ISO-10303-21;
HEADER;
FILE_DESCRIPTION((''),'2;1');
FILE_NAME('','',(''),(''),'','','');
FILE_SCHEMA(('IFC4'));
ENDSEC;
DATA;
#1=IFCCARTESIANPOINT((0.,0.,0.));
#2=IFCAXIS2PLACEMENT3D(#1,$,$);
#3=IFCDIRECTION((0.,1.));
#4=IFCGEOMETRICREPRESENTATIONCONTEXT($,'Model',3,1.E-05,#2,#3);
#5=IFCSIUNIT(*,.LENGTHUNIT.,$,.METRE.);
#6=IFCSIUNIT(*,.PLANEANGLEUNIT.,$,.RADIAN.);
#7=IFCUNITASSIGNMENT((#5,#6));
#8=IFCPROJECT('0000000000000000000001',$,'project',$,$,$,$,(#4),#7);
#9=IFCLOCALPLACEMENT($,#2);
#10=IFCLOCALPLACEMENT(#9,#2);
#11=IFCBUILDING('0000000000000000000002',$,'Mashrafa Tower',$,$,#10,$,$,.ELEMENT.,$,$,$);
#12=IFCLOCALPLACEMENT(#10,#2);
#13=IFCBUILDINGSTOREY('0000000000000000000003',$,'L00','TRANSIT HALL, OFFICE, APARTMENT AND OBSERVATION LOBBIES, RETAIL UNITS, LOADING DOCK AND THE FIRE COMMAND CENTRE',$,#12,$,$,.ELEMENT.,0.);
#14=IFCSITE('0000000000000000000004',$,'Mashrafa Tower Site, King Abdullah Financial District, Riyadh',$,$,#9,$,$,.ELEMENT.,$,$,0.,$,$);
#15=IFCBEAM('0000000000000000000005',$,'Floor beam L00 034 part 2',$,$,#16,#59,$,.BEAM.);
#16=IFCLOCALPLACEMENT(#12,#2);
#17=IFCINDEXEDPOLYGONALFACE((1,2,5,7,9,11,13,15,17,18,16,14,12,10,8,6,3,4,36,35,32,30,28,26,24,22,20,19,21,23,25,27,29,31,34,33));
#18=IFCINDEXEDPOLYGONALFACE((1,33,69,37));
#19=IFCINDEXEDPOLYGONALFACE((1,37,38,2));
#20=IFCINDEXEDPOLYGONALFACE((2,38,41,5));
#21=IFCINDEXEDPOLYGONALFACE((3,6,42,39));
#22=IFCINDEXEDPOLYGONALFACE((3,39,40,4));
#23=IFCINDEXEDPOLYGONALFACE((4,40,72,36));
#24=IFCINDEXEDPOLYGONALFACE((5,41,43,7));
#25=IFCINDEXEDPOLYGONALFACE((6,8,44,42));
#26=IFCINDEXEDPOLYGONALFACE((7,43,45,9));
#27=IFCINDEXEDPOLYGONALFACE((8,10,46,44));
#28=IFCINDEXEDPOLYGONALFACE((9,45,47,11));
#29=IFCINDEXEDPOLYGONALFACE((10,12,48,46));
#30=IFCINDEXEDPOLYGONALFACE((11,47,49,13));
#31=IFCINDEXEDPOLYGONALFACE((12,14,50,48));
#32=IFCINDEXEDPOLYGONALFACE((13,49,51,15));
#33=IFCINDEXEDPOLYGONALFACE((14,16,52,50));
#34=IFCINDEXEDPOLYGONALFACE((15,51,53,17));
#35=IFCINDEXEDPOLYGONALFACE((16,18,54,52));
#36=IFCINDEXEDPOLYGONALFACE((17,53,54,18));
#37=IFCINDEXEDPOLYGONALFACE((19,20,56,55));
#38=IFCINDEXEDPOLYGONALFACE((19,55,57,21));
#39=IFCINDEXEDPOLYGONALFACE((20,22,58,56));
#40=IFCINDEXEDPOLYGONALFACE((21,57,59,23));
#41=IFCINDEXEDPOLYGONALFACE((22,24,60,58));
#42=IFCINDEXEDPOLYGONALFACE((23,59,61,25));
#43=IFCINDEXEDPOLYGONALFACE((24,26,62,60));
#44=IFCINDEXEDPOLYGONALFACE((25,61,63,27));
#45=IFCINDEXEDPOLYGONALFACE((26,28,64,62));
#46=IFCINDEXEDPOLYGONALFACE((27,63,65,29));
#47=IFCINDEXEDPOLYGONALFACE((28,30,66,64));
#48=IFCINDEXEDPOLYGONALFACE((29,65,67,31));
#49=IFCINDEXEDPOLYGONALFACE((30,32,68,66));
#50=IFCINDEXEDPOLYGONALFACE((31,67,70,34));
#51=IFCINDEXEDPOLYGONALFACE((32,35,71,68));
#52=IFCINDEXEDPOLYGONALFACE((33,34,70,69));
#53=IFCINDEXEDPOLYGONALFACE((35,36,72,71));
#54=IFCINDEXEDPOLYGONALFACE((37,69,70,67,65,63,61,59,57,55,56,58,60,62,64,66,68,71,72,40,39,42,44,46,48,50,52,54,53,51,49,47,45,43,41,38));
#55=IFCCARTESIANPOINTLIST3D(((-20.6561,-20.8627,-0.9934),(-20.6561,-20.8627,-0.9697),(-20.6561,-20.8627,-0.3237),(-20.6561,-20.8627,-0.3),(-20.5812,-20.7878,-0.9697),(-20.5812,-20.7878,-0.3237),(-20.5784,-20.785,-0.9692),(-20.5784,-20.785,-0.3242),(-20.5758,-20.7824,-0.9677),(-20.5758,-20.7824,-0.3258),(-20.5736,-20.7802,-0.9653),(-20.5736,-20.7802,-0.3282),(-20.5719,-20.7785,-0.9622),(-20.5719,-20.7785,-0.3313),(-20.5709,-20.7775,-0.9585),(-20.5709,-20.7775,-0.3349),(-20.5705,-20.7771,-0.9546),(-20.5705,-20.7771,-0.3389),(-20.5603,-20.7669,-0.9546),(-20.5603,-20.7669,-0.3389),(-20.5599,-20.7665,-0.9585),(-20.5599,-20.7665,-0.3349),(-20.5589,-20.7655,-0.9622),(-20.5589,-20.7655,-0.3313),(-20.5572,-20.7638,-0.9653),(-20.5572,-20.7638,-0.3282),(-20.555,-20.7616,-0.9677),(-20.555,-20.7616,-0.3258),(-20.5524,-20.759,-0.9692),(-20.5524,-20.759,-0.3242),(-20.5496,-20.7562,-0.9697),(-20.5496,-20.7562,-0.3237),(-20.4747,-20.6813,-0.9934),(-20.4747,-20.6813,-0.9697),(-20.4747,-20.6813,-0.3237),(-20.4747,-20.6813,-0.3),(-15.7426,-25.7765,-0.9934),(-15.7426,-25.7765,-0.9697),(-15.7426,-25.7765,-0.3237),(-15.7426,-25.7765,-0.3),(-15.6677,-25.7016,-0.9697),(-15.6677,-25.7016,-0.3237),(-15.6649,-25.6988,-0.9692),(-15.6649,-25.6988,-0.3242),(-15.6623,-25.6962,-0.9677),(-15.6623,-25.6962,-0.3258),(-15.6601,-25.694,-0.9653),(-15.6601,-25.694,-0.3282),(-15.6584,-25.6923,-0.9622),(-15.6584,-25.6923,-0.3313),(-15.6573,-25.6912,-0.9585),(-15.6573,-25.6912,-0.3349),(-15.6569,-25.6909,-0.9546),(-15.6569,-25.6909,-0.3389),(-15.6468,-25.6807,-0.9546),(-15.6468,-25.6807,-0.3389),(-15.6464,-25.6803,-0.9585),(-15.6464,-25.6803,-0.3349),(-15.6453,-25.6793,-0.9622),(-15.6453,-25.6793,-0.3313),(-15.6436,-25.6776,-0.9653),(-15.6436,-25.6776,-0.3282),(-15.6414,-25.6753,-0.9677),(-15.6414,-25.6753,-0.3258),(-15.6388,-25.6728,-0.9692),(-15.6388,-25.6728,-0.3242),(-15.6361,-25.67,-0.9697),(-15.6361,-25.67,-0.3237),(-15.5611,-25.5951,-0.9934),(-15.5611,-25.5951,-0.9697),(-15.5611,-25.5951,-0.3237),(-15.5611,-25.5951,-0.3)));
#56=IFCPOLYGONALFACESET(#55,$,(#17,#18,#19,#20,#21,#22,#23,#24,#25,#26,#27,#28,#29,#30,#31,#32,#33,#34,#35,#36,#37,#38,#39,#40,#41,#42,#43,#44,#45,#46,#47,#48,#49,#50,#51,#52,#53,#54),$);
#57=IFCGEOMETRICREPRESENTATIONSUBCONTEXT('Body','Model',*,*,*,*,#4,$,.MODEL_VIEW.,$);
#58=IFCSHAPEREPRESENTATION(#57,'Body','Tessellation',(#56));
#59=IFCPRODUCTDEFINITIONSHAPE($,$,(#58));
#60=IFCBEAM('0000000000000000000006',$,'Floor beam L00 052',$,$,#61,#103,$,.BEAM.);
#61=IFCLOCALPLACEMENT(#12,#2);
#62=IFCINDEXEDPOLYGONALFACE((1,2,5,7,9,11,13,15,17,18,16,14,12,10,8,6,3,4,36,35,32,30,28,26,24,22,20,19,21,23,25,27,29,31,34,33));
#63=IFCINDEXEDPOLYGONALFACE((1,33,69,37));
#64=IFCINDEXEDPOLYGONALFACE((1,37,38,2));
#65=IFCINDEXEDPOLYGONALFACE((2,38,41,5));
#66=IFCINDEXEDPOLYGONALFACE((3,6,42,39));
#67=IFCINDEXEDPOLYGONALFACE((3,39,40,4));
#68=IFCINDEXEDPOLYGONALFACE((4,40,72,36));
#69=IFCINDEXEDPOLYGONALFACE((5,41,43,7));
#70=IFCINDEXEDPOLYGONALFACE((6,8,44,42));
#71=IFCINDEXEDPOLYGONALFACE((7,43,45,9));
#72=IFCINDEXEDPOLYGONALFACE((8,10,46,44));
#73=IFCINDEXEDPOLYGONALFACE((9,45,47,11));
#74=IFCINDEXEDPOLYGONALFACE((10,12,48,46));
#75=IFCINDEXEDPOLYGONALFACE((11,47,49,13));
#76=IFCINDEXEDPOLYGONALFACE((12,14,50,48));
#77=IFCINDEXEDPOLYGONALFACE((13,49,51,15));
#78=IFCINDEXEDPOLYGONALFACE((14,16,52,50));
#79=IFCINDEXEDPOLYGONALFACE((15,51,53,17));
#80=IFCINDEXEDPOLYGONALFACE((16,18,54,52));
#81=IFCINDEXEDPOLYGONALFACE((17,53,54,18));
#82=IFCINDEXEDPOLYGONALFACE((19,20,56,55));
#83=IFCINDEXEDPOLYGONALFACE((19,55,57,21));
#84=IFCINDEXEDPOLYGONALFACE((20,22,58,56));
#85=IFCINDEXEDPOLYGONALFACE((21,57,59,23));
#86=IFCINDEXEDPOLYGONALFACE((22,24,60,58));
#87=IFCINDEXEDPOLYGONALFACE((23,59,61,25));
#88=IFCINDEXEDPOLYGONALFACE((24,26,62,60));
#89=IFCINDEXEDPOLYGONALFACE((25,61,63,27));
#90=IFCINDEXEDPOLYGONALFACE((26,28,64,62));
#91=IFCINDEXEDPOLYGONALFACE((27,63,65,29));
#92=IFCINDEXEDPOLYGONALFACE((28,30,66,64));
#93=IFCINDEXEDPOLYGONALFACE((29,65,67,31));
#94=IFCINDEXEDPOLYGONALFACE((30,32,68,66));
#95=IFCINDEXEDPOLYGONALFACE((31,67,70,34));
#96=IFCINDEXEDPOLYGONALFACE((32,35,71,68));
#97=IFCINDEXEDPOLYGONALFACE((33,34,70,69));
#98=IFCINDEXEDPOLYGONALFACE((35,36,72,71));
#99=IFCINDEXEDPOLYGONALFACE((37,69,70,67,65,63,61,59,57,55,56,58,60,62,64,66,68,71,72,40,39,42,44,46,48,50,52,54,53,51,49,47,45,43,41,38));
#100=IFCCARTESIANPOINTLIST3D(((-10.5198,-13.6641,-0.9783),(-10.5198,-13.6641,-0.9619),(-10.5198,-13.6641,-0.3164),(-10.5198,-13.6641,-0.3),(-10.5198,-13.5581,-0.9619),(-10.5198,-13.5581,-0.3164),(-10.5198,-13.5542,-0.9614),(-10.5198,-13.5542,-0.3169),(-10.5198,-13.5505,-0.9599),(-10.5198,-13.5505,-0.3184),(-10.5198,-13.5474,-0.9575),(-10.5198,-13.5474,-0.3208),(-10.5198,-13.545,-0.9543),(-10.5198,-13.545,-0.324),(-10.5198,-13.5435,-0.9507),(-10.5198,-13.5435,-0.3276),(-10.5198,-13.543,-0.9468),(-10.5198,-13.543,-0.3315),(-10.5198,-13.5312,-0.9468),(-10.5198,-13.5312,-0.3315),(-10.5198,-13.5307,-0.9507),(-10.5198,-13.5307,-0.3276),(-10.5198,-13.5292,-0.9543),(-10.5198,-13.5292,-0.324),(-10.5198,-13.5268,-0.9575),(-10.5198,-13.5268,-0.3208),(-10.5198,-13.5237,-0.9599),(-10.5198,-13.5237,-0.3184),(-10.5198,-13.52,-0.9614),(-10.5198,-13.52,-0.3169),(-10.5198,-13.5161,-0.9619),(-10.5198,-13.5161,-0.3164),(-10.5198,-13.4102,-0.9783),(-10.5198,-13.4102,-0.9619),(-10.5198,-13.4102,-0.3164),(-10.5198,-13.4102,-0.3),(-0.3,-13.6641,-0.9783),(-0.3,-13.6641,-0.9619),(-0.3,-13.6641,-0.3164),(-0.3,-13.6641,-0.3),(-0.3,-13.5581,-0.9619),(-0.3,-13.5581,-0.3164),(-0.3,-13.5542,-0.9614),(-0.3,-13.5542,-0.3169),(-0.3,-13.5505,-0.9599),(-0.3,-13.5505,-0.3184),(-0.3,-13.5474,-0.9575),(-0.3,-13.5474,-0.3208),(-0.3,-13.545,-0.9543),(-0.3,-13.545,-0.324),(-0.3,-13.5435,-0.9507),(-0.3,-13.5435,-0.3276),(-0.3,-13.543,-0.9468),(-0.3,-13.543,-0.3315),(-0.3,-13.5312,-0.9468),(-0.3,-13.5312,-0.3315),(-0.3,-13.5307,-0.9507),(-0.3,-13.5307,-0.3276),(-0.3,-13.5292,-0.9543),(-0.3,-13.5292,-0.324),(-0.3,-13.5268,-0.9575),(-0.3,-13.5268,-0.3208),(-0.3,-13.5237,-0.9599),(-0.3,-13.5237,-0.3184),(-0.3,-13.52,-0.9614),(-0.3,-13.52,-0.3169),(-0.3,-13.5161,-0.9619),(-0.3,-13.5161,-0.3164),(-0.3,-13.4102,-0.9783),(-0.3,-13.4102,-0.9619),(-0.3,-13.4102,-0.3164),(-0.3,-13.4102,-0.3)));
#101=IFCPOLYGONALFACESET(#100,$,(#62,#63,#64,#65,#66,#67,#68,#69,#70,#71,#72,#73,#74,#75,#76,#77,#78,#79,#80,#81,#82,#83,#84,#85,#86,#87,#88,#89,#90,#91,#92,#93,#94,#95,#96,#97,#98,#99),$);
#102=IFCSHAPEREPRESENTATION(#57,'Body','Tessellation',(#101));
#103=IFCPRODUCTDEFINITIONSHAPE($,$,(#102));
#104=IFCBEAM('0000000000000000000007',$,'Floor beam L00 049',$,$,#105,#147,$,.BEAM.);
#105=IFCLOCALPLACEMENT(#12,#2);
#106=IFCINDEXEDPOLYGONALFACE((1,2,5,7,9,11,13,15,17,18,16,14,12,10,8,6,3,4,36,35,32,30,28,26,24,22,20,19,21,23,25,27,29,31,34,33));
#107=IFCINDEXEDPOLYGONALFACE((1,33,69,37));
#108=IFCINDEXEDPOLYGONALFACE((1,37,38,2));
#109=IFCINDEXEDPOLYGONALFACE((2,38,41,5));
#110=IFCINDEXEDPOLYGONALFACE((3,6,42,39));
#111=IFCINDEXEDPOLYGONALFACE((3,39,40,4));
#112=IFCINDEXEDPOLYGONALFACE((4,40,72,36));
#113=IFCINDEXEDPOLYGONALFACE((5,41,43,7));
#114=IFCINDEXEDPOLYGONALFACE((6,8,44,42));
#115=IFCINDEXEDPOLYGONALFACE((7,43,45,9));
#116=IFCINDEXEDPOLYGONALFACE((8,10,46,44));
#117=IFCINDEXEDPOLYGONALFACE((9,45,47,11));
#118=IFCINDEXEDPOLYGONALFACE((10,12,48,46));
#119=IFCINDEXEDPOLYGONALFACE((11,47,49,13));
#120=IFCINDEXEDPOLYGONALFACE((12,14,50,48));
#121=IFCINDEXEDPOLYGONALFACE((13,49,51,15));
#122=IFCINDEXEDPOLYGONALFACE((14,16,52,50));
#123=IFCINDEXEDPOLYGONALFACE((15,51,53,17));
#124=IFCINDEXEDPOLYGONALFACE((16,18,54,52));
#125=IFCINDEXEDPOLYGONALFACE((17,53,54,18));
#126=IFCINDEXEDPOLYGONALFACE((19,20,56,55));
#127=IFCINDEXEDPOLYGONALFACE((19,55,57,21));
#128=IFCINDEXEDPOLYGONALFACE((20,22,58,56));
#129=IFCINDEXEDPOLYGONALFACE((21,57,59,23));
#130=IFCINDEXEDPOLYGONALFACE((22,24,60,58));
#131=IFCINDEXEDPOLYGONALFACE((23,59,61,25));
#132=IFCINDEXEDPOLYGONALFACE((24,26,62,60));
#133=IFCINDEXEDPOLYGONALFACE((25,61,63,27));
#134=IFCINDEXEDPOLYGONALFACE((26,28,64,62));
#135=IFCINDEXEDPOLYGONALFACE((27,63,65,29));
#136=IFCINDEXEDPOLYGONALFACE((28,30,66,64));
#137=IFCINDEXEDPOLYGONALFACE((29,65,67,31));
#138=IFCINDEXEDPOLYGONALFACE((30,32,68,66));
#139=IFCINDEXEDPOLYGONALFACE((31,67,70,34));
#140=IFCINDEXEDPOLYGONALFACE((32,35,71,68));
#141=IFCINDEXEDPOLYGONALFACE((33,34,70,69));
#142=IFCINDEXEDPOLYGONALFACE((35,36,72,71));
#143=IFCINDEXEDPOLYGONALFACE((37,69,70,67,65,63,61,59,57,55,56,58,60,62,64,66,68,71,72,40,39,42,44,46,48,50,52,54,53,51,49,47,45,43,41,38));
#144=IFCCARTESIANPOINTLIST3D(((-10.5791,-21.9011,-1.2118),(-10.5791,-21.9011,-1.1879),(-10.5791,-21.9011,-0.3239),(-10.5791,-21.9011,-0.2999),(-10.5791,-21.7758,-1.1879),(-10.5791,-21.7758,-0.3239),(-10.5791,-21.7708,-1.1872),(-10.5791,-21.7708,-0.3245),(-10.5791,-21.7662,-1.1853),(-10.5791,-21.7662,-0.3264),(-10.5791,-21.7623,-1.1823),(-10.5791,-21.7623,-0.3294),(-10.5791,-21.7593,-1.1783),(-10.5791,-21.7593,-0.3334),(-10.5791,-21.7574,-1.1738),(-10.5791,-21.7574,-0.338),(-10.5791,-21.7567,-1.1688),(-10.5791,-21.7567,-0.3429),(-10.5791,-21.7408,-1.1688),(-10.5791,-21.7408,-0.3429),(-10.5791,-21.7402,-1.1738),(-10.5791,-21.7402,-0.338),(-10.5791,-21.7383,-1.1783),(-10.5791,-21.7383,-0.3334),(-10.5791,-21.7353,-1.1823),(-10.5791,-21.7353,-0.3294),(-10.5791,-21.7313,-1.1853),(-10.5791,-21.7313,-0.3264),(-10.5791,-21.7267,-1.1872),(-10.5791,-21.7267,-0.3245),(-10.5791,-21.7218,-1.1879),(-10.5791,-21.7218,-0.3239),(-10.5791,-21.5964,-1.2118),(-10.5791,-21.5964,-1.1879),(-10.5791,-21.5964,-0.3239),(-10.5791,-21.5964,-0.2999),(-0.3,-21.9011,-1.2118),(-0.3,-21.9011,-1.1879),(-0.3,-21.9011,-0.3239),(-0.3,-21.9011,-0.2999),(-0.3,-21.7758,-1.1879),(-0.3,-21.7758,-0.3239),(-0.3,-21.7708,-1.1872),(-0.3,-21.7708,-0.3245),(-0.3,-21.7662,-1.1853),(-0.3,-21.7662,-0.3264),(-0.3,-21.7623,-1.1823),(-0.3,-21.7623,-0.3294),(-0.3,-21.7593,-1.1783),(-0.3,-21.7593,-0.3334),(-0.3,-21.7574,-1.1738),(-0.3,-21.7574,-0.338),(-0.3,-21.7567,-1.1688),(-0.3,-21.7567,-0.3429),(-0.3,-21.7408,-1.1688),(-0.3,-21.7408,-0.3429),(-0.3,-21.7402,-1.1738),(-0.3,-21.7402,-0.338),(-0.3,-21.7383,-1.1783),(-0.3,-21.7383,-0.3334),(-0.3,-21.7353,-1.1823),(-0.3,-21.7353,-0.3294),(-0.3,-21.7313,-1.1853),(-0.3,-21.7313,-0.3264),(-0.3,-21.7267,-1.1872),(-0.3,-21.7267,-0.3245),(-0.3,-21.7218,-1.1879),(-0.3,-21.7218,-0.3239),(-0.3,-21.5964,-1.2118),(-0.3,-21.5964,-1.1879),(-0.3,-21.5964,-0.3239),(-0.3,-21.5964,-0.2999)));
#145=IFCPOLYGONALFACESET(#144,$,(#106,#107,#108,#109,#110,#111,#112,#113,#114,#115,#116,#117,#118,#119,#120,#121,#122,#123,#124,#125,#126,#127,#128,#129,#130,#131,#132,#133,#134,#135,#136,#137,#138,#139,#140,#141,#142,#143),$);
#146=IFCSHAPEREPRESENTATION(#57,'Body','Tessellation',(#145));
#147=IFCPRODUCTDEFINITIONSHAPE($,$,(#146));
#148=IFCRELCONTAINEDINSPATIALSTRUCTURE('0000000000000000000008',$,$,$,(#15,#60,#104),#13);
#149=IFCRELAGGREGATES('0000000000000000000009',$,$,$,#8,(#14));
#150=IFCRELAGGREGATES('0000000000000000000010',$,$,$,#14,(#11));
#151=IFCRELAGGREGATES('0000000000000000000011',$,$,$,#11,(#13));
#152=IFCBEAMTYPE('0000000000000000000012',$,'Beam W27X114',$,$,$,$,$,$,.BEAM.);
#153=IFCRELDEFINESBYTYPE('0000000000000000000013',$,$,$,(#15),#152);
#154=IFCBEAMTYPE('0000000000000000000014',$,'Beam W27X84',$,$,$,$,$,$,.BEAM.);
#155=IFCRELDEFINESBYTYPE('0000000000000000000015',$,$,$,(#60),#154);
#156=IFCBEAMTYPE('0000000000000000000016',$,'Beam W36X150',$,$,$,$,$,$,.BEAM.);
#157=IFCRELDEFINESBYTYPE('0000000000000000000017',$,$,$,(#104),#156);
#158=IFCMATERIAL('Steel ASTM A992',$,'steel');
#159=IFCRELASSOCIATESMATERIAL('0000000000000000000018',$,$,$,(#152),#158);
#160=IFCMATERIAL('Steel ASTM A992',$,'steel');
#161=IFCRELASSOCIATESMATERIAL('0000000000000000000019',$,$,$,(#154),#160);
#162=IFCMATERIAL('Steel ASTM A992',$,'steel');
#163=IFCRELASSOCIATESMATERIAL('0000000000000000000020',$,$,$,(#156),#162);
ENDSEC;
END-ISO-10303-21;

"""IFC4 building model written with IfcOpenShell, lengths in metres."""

from ifc_helpers import new_model, si_unit, direction, frame, origin, origin_2d, place, context, subcontext, project, spatial, i_section, extrude, material, material_profile, profile_set, type_object, element, save


model = new_model("IFC4")

# Units and contexts
model_context = context("Model", 3, precision=1e-05, world=origin(), true_north=direction((0.0, 1.0)))
body_context = subcontext(model_context, "Body", "Model", "MODEL_VIEW")
ifc_project = project(units=[si_unit("LENGTHUNIT", "METRE"), si_unit("PLANEANGLEUNIT", "RADIAN")], contexts=[model_context])

# Site, building, storey
site_placement = place(None, origin())
site = spatial("IfcSite", under=ifc_project, at=site_placement, Name="Mashrafa Tower Site, King Abdullah Financial District, Riyadh", CompositionType="ELEMENT", RefElevation=0.0)
building_placement = place(site_placement, origin())
building = spatial("IfcBuilding", under=site, at=building_placement, Name="Mashrafa Tower", CompositionType="ELEMENT")
storey_placement = place(building_placement, origin())
storey = spatial("IfcBuildingStorey", under=building, at=storey_placement, Name="L00", Description="TRANSIT HALL, OFFICE, APARTMENT AND OBSERVATION LOBBIES, RETAIL UNITS, LOADING DOCK AND THE FIRE COMMAND CENTRE", CompositionType="ELEMENT", Elevation=0.0)

# Beams
ifc_material_1 = material(Name="Steel ASTM A992", Category="steel")
ifc_material_profile_1 = material_profile(ifc_material_1, i_section(OverallWidth=0.2566, OverallDepth=0.6934, WebThickness=0.0144, FlangeThickness=0.0237, FilletRadius=0.0151, at=origin_2d()), Name="W27X114")
ifc_profile_set_1 = profile_set([ifc_material_profile_1], Name="Steel ASTM A992")
beam_type_1 = type_object("IfcBeamType", Name="Beam W27X114", PredefinedType="BEAM", material=ifc_profile_set_1)
beam_1_placement = place(storey_placement, frame((-15.6519, -25.6858, -0.6467), z_axis=(-0.707089, 0.707124, 0.0), x_axis=(-0.707124, -0.707089, 0.0)))
element("IfcBeam", 1, at=beam_1_placement, inside=storey, type_object=beam_type_1, Name="Floor beam L00 034 part 2", PredefinedType="BEAM", context=body_context, shape_type="SweptSolid", body=[
    extrude(i_section(OverallWidth=0.2566, OverallDepth=0.6934, WebThickness=0.0144, FlangeThickness=0.0237, FilletRadius=0.0151, at=origin_2d()), origin(), (0.0, 0.0, 1.0), 6.949),
])
ifc_material_2 = material(Name="Steel ASTM A992", Category="steel")
ifc_material_profile_2 = material_profile(ifc_material_2, i_section(OverallWidth=0.2539, OverallDepth=0.6782, WebThickness=0.0117, FlangeThickness=0.0164, FilletRadius=0.0151, at=origin_2d()), Name="W27X84")
ifc_profile_set_2 = profile_set([ifc_material_profile_2], Name="Steel ASTM A992")
beam_type_2 = type_object("IfcBeamType", Name="Beam W27X84", PredefinedType="BEAM", material=ifc_profile_set_2)
beam_2_placement = place(storey_placement, frame((-0.3, -13.5371, -0.6392), z_axis=(-1.0, 0.0, 0.0), x_axis=(0.0, -1.0, 0.0)))
element("IfcBeam", 2, at=beam_2_placement, inside=storey, type_object=beam_type_2, Name="Floor beam L00 052", PredefinedType="BEAM", context=body_context, shape_type="SweptSolid", body=[
    extrude(i_section(OverallWidth=0.2539, OverallDepth=0.6782, WebThickness=0.0117, FlangeThickness=0.0164, FilletRadius=0.0151, at=origin_2d()), origin(), (0.0, 0.0, 1.0), 10.2197),
])
ifc_material_3 = material(Name="Steel ASTM A992", Category="steel")
ifc_material_profile_3 = material_profile(ifc_material_3, i_section(OverallWidth=0.3047, OverallDepth=0.9119, WebThickness=0.0159, FlangeThickness=0.0239, FilletRadius=0.019, at=origin_2d()), Name="W36X150")
ifc_profile_set_3 = profile_set([ifc_material_profile_3], Name="Steel ASTM A992")
beam_type_3 = type_object("IfcBeamType", Name="Beam W36X150", PredefinedType="BEAM", material=ifc_profile_set_3)
beam_3_placement = place(storey_placement, frame((-0.3, -21.7488, -0.7559), z_axis=(-1.0, 0.0, 0.0), x_axis=(0.0, -1.0, 0.0)))
element("IfcBeam", 3, at=beam_3_placement, inside=storey, type_object=beam_type_3, Name="Floor beam L00 049", PredefinedType="BEAM", context=body_context, shape_type="SweptSolid", body=[
    extrude(i_section(OverallWidth=0.3047, OverallDepth=0.9119, WebThickness=0.0159, FlangeThickness=0.0239, FilletRadius=0.019, at=origin_2d()), origin(), (0.0, 0.0, 1.0), 10.2791),
])

save(model, "model.ifc")
